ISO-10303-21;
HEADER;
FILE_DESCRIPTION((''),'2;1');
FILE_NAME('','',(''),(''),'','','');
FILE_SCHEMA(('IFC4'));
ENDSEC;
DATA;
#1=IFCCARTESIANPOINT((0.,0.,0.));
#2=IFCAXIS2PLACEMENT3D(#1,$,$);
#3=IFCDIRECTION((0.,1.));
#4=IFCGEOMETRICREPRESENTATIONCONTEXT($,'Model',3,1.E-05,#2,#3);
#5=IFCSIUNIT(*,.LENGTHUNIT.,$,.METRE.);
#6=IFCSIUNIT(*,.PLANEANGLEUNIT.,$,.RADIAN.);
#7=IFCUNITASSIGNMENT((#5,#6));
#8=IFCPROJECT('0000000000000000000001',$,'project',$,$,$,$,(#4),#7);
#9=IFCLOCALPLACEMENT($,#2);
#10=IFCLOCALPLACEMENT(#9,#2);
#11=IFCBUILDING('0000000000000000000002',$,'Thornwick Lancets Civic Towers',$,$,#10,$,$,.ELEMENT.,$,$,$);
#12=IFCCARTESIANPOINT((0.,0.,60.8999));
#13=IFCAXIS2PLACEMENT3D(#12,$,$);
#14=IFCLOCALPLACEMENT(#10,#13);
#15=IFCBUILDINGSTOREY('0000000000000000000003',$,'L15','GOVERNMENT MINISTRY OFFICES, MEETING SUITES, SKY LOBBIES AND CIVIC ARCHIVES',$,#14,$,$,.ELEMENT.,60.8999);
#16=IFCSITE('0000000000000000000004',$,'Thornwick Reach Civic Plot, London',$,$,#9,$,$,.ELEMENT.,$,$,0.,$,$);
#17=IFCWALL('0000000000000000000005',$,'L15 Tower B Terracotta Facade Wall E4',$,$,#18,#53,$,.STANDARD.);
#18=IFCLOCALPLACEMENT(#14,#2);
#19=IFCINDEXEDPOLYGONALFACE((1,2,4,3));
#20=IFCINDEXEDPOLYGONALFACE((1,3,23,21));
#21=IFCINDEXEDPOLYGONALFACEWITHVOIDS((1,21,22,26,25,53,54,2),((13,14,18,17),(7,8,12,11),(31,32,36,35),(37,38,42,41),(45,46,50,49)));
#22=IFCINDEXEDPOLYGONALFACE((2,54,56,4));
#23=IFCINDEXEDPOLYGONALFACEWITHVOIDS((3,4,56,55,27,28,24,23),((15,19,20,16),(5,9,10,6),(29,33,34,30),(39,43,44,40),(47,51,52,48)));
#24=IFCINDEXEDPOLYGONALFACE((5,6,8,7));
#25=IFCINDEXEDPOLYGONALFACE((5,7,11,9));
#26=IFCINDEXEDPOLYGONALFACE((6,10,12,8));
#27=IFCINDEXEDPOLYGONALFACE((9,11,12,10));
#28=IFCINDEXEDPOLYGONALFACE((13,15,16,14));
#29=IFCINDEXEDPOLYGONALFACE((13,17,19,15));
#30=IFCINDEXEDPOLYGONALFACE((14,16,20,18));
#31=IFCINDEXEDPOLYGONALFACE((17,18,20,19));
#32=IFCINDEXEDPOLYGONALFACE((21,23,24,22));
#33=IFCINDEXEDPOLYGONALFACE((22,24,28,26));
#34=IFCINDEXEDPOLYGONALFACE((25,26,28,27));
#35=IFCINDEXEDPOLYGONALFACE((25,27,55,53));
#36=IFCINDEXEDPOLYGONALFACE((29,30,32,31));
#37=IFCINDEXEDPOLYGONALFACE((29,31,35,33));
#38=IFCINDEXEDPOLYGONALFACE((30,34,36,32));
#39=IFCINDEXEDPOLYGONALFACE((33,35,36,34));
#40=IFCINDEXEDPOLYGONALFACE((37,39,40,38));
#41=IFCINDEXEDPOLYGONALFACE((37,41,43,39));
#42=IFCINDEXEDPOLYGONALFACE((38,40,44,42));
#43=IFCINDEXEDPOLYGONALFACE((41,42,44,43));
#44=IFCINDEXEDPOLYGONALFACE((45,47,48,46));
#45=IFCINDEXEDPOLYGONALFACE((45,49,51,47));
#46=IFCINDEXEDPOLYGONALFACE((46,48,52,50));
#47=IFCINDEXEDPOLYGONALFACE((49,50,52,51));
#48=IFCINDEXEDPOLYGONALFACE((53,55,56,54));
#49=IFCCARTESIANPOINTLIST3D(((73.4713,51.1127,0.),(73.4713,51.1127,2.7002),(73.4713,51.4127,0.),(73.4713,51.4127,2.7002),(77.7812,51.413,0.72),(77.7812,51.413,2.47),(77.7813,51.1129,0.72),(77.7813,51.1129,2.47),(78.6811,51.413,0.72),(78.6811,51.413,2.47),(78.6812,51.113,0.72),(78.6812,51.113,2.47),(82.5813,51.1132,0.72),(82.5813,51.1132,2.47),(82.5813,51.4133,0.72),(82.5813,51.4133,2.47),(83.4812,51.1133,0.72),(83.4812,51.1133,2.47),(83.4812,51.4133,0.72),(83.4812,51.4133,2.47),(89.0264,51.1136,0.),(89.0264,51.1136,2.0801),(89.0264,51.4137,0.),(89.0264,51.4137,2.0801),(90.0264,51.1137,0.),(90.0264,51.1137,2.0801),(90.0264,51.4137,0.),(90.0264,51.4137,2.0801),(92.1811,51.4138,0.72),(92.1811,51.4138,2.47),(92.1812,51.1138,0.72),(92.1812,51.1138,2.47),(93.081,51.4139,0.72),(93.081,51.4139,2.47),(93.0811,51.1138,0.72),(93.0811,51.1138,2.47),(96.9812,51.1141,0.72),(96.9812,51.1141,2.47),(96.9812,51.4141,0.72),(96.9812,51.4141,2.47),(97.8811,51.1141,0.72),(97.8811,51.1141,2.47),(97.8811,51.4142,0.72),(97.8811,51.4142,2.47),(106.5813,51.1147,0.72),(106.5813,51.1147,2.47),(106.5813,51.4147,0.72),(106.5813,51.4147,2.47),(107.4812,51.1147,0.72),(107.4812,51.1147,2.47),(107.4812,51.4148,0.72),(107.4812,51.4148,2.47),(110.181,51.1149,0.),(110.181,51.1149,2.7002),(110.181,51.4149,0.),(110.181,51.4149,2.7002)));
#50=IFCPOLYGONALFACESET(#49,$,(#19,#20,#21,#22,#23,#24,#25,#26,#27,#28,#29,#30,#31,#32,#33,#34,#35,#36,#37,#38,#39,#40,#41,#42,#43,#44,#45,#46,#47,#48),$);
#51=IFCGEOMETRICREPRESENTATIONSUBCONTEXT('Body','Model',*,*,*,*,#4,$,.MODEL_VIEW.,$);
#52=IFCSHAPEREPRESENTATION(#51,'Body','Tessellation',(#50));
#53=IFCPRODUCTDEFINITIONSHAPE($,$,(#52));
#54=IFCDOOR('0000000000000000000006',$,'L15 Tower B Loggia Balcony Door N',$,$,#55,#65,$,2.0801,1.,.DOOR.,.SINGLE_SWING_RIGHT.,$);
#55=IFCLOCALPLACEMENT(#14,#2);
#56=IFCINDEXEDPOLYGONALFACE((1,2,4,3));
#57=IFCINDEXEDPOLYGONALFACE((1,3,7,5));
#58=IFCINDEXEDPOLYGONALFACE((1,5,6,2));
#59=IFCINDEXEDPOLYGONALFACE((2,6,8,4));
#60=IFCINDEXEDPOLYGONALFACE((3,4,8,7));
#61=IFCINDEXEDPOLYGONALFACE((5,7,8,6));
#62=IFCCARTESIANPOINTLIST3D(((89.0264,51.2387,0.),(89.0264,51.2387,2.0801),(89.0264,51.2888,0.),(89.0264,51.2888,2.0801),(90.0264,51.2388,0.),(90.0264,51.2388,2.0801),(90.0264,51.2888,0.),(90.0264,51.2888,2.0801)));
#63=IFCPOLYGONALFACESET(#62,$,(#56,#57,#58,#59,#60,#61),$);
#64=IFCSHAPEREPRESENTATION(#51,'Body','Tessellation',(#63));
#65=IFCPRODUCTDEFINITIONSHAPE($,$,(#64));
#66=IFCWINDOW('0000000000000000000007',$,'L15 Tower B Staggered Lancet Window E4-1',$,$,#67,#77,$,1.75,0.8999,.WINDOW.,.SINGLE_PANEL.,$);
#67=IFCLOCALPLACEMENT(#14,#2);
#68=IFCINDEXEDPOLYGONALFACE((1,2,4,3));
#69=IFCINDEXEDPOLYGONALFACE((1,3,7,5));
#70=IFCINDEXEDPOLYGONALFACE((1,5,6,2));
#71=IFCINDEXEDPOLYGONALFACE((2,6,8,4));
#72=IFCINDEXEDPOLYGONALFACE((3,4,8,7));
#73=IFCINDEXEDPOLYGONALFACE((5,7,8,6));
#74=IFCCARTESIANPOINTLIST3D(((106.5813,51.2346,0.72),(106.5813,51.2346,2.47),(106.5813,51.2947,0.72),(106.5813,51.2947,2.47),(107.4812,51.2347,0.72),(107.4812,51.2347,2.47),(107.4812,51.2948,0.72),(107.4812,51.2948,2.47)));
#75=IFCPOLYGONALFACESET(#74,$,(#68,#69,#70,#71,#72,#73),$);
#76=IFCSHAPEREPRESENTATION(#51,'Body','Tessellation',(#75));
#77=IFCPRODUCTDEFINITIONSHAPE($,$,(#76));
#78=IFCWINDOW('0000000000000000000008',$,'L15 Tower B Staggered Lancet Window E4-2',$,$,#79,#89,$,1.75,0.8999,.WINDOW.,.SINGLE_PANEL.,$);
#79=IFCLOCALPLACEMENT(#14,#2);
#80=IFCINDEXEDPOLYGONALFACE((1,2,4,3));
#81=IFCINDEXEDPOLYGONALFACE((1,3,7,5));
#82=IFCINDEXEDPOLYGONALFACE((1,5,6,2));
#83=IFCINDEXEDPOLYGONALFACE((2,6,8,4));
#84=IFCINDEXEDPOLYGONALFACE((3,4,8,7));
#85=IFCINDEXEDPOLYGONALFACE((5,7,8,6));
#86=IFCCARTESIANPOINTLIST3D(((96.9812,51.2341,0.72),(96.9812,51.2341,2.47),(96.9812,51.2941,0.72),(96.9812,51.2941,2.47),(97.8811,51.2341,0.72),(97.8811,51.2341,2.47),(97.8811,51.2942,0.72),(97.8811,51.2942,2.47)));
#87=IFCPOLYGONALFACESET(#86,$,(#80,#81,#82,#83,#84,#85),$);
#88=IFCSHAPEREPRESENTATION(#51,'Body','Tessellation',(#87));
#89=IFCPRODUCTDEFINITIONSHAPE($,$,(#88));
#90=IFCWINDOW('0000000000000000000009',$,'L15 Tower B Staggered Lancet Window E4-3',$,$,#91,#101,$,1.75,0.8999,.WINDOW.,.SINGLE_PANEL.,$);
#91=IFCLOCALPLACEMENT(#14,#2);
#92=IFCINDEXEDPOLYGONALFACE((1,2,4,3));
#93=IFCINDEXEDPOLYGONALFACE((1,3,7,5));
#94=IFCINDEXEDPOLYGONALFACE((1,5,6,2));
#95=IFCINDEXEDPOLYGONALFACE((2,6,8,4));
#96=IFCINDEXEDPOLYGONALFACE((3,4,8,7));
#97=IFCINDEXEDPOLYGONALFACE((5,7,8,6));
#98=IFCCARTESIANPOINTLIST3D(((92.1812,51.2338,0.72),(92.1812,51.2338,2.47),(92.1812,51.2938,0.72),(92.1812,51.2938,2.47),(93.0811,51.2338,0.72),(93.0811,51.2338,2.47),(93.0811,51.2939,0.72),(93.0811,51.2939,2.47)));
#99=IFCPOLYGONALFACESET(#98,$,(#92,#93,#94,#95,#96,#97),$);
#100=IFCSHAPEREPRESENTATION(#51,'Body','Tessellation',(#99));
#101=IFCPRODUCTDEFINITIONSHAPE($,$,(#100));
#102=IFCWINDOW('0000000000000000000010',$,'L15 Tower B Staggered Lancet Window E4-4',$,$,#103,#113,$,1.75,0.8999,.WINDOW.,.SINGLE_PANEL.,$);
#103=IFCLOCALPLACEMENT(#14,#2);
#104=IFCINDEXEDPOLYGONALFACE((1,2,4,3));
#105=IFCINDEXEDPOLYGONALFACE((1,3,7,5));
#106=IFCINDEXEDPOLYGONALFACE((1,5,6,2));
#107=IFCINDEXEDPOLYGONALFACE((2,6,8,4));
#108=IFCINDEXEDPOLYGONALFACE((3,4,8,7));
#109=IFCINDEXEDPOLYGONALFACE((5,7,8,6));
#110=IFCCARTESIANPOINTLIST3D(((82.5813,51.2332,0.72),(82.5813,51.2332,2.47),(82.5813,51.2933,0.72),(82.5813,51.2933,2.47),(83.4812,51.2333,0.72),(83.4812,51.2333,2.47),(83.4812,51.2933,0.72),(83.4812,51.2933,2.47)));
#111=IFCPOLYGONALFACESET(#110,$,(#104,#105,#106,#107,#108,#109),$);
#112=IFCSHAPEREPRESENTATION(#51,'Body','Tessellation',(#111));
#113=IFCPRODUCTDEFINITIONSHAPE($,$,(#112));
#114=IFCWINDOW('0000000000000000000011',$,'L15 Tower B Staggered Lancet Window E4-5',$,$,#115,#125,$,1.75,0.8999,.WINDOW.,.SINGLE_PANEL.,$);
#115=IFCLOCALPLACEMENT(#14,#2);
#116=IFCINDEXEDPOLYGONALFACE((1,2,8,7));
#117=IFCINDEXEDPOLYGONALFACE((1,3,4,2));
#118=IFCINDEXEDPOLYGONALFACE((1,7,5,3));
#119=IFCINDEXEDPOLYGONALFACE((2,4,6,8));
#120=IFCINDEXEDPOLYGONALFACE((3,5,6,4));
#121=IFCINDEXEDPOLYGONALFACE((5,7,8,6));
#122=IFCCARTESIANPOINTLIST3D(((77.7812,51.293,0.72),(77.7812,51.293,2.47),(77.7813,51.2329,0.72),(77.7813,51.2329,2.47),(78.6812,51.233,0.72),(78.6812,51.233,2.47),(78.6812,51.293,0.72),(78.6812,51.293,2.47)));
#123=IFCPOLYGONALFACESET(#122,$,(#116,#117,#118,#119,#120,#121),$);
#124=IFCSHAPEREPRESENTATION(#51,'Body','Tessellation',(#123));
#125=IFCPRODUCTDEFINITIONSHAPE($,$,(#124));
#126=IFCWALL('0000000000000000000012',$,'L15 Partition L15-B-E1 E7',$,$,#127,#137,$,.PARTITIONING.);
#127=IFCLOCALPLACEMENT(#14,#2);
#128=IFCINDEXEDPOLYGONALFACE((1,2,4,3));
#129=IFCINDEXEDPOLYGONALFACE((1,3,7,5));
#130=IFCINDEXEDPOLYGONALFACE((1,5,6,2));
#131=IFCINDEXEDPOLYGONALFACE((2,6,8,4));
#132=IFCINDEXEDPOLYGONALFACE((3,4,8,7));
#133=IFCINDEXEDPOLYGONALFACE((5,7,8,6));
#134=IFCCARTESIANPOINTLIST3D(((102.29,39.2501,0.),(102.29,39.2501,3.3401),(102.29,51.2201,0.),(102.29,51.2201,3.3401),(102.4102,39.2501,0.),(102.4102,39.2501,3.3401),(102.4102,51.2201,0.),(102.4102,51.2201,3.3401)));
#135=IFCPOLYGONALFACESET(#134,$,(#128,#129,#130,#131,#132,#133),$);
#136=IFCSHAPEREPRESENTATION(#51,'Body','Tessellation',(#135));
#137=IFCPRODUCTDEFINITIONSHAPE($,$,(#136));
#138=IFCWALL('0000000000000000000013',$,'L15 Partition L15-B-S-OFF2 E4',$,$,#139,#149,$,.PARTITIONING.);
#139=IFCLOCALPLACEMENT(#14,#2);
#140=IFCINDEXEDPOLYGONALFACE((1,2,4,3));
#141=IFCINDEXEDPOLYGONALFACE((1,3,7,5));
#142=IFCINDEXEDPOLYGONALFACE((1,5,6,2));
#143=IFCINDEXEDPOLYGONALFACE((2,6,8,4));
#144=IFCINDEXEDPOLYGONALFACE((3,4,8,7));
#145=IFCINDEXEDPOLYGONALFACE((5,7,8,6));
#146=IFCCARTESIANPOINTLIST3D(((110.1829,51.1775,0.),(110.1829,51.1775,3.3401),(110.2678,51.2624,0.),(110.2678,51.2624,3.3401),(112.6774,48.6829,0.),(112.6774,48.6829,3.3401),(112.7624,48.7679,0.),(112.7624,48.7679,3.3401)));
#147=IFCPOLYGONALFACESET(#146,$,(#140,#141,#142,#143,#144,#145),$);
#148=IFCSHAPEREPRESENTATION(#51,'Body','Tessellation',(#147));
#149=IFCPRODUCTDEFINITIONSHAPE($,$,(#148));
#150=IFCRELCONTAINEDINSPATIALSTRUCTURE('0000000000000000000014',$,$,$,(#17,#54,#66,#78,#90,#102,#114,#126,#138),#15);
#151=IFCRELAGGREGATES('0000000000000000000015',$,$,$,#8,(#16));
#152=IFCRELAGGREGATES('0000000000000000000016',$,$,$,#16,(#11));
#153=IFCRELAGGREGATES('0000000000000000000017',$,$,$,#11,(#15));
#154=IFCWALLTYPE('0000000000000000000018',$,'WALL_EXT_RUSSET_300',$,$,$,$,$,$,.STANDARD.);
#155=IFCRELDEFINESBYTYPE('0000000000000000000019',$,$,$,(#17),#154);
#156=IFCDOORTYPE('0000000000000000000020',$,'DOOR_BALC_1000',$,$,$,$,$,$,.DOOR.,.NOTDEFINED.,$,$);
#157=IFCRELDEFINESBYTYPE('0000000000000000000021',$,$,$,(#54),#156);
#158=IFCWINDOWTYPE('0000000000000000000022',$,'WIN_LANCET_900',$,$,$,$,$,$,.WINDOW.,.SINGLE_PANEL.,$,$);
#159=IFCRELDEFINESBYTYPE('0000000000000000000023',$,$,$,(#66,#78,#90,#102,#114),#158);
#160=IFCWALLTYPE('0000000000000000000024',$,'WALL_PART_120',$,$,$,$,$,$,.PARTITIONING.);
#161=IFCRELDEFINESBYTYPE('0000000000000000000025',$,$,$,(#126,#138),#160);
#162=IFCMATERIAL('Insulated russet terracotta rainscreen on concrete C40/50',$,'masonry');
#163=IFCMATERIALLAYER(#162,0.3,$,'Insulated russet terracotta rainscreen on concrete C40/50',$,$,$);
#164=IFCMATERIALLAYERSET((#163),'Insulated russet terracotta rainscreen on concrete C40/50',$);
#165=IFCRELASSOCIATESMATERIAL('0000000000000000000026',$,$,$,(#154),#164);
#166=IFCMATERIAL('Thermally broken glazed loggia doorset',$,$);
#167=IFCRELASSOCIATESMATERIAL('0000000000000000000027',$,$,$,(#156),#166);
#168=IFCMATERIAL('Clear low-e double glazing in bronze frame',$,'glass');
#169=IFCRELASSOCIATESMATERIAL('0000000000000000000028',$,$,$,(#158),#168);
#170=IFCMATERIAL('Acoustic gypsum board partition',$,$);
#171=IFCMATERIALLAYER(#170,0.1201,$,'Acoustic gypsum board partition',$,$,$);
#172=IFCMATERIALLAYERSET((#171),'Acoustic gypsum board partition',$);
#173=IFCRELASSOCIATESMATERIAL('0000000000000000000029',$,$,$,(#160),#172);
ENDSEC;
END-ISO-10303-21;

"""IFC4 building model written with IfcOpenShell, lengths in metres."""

from ifc_helpers import new_model, si_unit, direction, frame, frame_2d, origin, place, context, subcontext, project, spatial, rectangle, extrude, material, layer, layer_set, type_object, element, fill, save


model = new_model("IFC4")

# Units and contexts
model_context = context("Model", 3, precision=1e-05, world=origin(), true_north=direction((0.0, 1.0)))
body_context = subcontext(model_context, "Body", "Model", "MODEL_VIEW")
ifc_project = project(units=[si_unit("LENGTHUNIT", "METRE"), si_unit("PLANEANGLEUNIT", "RADIAN")], contexts=[model_context])

# Site, building, storey
site_placement = place(None, origin())
site = spatial("IfcSite", under=ifc_project, at=site_placement, Name="Thornwick Reach Civic Plot, London", CompositionType="ELEMENT", RefElevation=0.0)
building_placement = place(site_placement, origin())
building = spatial("IfcBuilding", under=site, at=building_placement, Name="Thornwick Lancets Civic Towers", CompositionType="ELEMENT")
storey_placement = place(building_placement, frame((0.0, 0.0, 60.8999)))
storey = spatial("IfcBuildingStorey", under=building, at=storey_placement, Name="L15", Description="GOVERNMENT MINISTRY OFFICES, MEETING SUITES, SKY LOBBIES AND CIVIC ARCHIVES", CompositionType="ELEMENT", Elevation=60.8999)

# Wall, openings, door, windows
ifc_material_1 = material(Name="Insulated russet terracotta rainscreen on concrete C40/50", Category="masonry")
ifc_layer_1 = layer(ifc_material_1, 0.3, Name="Insulated russet terracotta rainscreen on concrete C40/50")
ifc_layer_set_1 = layer_set([ifc_layer_1], Name="Insulated russet terracotta rainscreen on concrete C40/50")
wall_type_1 = type_object("IfcWallType", Name="WALL_EXT_RUSSET_300", PredefinedType="STANDARD", material=ifc_layer_set_1)
wall_1_placement = place(storey_placement, frame((110.1812, 51.2649, 0.0), z_axis=(0.0, 0.0, 1.0), x_axis=(-1.0, -0.00006, 0.0)))
wall_1 = element("IfcWall", 1, at=wall_1_placement, inside=storey, type_object=wall_type_1, Name="L15 Tower B Terracotta Facade Wall E4", PredefinedType="STANDARD", context=body_context, shape_type="SweptSolid", body=[
    extrude(rectangle(XDim=36.7097, YDim=0.3, at=frame_2d((18.355, 0.0))), origin(), (0.0, 0.0, 1.0), 2.7002),
])
opening_1_placement = place(wall_1_placement, frame((20.1548, 0.0, 0.0)))
opening_1 = element("IfcOpeningElement", 2, at=opening_1_placement, cuts=wall_1, PredefinedType="OPENING", context=body_context, shape_type="SweptSolid", body=[
    extrude(rectangle(XDim=1.0, YDim=2.0801, at=frame_2d((0.5, 1.04))), frame((0.0, 0.1602, 0.0), z_axis=(0.0, -1.0, 0.0), x_axis=(1.0, 0.0, 0.0)), (0.0, 0.0, 1.0), 0.3201),
])
opening_2_placement = place(wall_1_placement, frame((2.7, 0.0, 0.72)))
opening_2 = element("IfcOpeningElement", 3, at=opening_2_placement, cuts=wall_1, PredefinedType="OPENING", context=body_context, shape_type="SweptSolid", body=[
    extrude(rectangle(XDim=0.8999, YDim=1.75, at=frame_2d((0.45, 0.875))), frame((0.0, 0.1602, 0.0), z_axis=(0.0, -1.0, 0.0), x_axis=(1.0, 0.0, 0.0)), (0.0, 0.0, 1.0), 0.3201),
])
opening_3_placement = place(wall_1_placement, frame((12.3, 0.0, 0.72)))
opening_3 = element("IfcOpeningElement", 4, at=opening_3_placement, cuts=wall_1, PredefinedType="OPENING", context=body_context, shape_type="SweptSolid", body=[
    extrude(rectangle(XDim=0.8999, YDim=1.75, at=frame_2d((0.45, 0.875))), frame((0.0, 0.1602, 0.0), z_axis=(0.0, -1.0, 0.0), x_axis=(1.0, 0.0, 0.0)), (0.0, 0.0, 1.0), 0.3201),
])
opening_4_placement = place(wall_1_placement, frame((17.1001, 0.0, 0.72)))
opening_4 = element("IfcOpeningElement", 5, at=opening_4_placement, cuts=wall_1, PredefinedType="OPENING", context=body_context, shape_type="SweptSolid", body=[
    extrude(rectangle(XDim=0.8999, YDim=1.75, at=frame_2d((0.45, 0.875))), frame((0.0, 0.1602, 0.0), z_axis=(0.0, -1.0, 0.0), x_axis=(1.0, 0.0, 0.0)), (0.0, 0.0, 1.0), 0.3201),
])
opening_5_placement = place(wall_1_placement, frame((26.7, 0.0, 0.72)))
opening_5 = element("IfcOpeningElement", 6, at=opening_5_placement, cuts=wall_1, PredefinedType="OPENING", context=body_context, shape_type="SweptSolid", body=[
    extrude(rectangle(XDim=0.8999, YDim=1.75, at=frame_2d((0.45, 0.875))), frame((0.0, 0.1602, 0.0), z_axis=(0.0, -1.0, 0.0), x_axis=(1.0, 0.0, 0.0)), (0.0, 0.0, 1.0), 0.3201),
])
opening_6_placement = place(wall_1_placement, frame((31.5, 0.0, 0.72)))
opening_6 = element("IfcOpeningElement", 7, at=opening_6_placement, cuts=wall_1, PredefinedType="OPENING", context=body_context, shape_type="SweptSolid", body=[
    extrude(rectangle(XDim=0.8999, YDim=1.75, at=frame_2d((0.45, 0.875))), frame((0.0, 0.1602, 0.0), z_axis=(0.0, -1.0, 0.0), x_axis=(1.0, 0.0, 0.0)), (0.0, 0.0, 1.0), 0.3201),
])
ifc_material_2 = material(Name="Thermally broken glazed loggia doorset")
door_type = type_object("IfcDoorType", Name="DOOR_BALC_1000", OperationType="NOTDEFINED", PredefinedType="DOOR", material=ifc_material_2)
door_placement = place(opening_1_placement, origin())
door = element("IfcDoor", 8, at=door_placement, inside=storey, type_object=door_type, Name="L15 Tower B Loggia Balcony Door N", OperationType="SINGLE_SWING_RIGHT", OverallHeight=2.0801, OverallWidth=1.0, PredefinedType="DOOR", context=body_context, shape_type="SweptSolid", body=[
    extrude(rectangle(XDim=1.0, YDim=2.0801, at=frame_2d((0.5, 1.04))), frame((0.0, 0.0249, 0.0), z_axis=(0.0, -1.0, 0.0), x_axis=(1.0, 0.0, 0.0)), (0.0, 0.0, 1.0), 0.05),
])
fill(opening_1, door)
ifc_material_3 = material(Name="Clear low-e double glazing in bronze frame", Category="glass")
window_type = type_object("IfcWindowType", Name="WIN_LANCET_900", PartitioningType="SINGLE_PANEL", PredefinedType="WINDOW", material=ifc_material_3)
window_1_placement = place(opening_2_placement, origin())
window_1 = element("IfcWindow", 9, at=window_1_placement, inside=storey, type_object=window_type, Name="L15 Tower B Staggered Lancet Window E4-1", OverallHeight=1.75, OverallWidth=0.8999, PartitioningType="SINGLE_PANEL", PredefinedType="WINDOW", context=body_context, shape_type="SweptSolid", body=[
    extrude(rectangle(XDim=0.8999, YDim=1.75, at=frame_2d((0.45, 0.875))), frame((0.0, 0.03, 0.0), z_axis=(0.0, -1.0, 0.0), x_axis=(1.0, 0.0, 0.0)), (0.0, 0.0, 1.0), 0.0601),
])
fill(opening_2, window_1)
window_2_placement = place(opening_3_placement, origin())
window_2 = element("IfcWindow", 10, at=window_2_placement, inside=storey, type_object=window_type, Name="L15 Tower B Staggered Lancet Window E4-2", OverallHeight=1.75, OverallWidth=0.8999, PartitioningType="SINGLE_PANEL", PredefinedType="WINDOW", context=body_context, shape_type="SweptSolid", body=[
    extrude(rectangle(XDim=0.8999, YDim=1.75, at=frame_2d((0.45, 0.875))), frame((0.0, 0.03, 0.0), z_axis=(0.0, -1.0, 0.0), x_axis=(1.0, 0.0, 0.0)), (0.0, 0.0, 1.0), 0.0601),
])
fill(opening_3, window_2)
window_3_placement = place(opening_4_placement, origin())
window_3 = element("IfcWindow", 11, at=window_3_placement, inside=storey, type_object=window_type, Name="L15 Tower B Staggered Lancet Window E4-3", OverallHeight=1.75, OverallWidth=0.8999, PartitioningType="SINGLE_PANEL", PredefinedType="WINDOW", context=body_context, shape_type="SweptSolid", body=[
    extrude(rectangle(XDim=0.8999, YDim=1.75, at=frame_2d((0.45, 0.875))), frame((0.0, 0.03, 0.0), z_axis=(0.0, -1.0, 0.0), x_axis=(1.0, 0.0, 0.0)), (0.0, 0.0, 1.0), 0.0601),
])
fill(opening_4, window_3)
window_4_placement = place(opening_5_placement, origin())
window_4 = element("IfcWindow", 12, at=window_4_placement, inside=storey, type_object=window_type, Name="L15 Tower B Staggered Lancet Window E4-4", OverallHeight=1.75, OverallWidth=0.8999, PartitioningType="SINGLE_PANEL", PredefinedType="WINDOW", context=body_context, shape_type="SweptSolid", body=[
    extrude(rectangle(XDim=0.8999, YDim=1.75, at=frame_2d((0.45, 0.875))), frame((0.0, 0.03, 0.0), z_axis=(0.0, -1.0, 0.0), x_axis=(1.0, 0.0, 0.0)), (0.0, 0.0, 1.0), 0.0601),
])
fill(opening_5, window_4)
window_5_placement = place(opening_6_placement, origin())
window_5 = element("IfcWindow", 13, at=window_5_placement, inside=storey, type_object=window_type, Name="L15 Tower B Staggered Lancet Window E4-5", OverallHeight=1.75, OverallWidth=0.8999, PartitioningType="SINGLE_PANEL", PredefinedType="WINDOW", context=body_context, shape_type="SweptSolid", body=[
    extrude(rectangle(XDim=0.8999, YDim=1.75, at=frame_2d((0.45, 0.875))), frame((0.0, 0.03, 0.0), z_axis=(0.0, -1.0, 0.0), x_axis=(1.0, 0.0, 0.0)), (0.0, 0.0, 1.0), 0.0601),
])
fill(opening_6, window_5)

# Walls
ifc_material_4 = material(Name="Acoustic gypsum board partition")
ifc_layer_2 = layer(ifc_material_4, 0.1201, Name="Acoustic gypsum board partition")
ifc_layer_set_2 = layer_set([ifc_layer_2], Name="Acoustic gypsum board partition")
wall_type_2 = type_object("IfcWallType", Name="WALL_PART_120", PredefinedType="PARTITIONING", material=ifc_layer_set_2)
wall_2_placement = place(storey_placement, frame((102.3501, 51.22, 0.0), z_axis=(0.0, 0.0, 1.0), x_axis=(0.0, -1.0, 0.0)))
element("IfcWall", 14, at=wall_2_placement, inside=storey, type_object=wall_type_2, Name="L15 Partition L15-B-E1 E7", PredefinedType="PARTITIONING", context=body_context, shape_type="SweptSolid", body=[
    extrude(rectangle(XDim=11.97, YDim=0.1201, at=frame_2d((5.9849, 0.0))), origin(), (0.0, 0.0, 1.0), 3.3401),
])
wall_3_placement = place(storey_placement, frame((110.2253, 51.22, 0.0), z_axis=(0.0, 0.0, 1.0), x_axis=(0.707107, -0.707107, 0.0)))
element("IfcWall", 15, at=wall_3_placement, inside=storey, type_object=wall_type_2, Name="L15 Partition L15-B-S-OFF2 E4", PredefinedType="PARTITIONING", context=body_context, shape_type="SweptSolid", body=[
    extrude(rectangle(XDim=3.5278, YDim=0.1201, at=frame_2d((1.7639, 0.0))), origin(), (0.0, 0.0, 1.0), 3.3401),
])

save(model, "model.ifc")
